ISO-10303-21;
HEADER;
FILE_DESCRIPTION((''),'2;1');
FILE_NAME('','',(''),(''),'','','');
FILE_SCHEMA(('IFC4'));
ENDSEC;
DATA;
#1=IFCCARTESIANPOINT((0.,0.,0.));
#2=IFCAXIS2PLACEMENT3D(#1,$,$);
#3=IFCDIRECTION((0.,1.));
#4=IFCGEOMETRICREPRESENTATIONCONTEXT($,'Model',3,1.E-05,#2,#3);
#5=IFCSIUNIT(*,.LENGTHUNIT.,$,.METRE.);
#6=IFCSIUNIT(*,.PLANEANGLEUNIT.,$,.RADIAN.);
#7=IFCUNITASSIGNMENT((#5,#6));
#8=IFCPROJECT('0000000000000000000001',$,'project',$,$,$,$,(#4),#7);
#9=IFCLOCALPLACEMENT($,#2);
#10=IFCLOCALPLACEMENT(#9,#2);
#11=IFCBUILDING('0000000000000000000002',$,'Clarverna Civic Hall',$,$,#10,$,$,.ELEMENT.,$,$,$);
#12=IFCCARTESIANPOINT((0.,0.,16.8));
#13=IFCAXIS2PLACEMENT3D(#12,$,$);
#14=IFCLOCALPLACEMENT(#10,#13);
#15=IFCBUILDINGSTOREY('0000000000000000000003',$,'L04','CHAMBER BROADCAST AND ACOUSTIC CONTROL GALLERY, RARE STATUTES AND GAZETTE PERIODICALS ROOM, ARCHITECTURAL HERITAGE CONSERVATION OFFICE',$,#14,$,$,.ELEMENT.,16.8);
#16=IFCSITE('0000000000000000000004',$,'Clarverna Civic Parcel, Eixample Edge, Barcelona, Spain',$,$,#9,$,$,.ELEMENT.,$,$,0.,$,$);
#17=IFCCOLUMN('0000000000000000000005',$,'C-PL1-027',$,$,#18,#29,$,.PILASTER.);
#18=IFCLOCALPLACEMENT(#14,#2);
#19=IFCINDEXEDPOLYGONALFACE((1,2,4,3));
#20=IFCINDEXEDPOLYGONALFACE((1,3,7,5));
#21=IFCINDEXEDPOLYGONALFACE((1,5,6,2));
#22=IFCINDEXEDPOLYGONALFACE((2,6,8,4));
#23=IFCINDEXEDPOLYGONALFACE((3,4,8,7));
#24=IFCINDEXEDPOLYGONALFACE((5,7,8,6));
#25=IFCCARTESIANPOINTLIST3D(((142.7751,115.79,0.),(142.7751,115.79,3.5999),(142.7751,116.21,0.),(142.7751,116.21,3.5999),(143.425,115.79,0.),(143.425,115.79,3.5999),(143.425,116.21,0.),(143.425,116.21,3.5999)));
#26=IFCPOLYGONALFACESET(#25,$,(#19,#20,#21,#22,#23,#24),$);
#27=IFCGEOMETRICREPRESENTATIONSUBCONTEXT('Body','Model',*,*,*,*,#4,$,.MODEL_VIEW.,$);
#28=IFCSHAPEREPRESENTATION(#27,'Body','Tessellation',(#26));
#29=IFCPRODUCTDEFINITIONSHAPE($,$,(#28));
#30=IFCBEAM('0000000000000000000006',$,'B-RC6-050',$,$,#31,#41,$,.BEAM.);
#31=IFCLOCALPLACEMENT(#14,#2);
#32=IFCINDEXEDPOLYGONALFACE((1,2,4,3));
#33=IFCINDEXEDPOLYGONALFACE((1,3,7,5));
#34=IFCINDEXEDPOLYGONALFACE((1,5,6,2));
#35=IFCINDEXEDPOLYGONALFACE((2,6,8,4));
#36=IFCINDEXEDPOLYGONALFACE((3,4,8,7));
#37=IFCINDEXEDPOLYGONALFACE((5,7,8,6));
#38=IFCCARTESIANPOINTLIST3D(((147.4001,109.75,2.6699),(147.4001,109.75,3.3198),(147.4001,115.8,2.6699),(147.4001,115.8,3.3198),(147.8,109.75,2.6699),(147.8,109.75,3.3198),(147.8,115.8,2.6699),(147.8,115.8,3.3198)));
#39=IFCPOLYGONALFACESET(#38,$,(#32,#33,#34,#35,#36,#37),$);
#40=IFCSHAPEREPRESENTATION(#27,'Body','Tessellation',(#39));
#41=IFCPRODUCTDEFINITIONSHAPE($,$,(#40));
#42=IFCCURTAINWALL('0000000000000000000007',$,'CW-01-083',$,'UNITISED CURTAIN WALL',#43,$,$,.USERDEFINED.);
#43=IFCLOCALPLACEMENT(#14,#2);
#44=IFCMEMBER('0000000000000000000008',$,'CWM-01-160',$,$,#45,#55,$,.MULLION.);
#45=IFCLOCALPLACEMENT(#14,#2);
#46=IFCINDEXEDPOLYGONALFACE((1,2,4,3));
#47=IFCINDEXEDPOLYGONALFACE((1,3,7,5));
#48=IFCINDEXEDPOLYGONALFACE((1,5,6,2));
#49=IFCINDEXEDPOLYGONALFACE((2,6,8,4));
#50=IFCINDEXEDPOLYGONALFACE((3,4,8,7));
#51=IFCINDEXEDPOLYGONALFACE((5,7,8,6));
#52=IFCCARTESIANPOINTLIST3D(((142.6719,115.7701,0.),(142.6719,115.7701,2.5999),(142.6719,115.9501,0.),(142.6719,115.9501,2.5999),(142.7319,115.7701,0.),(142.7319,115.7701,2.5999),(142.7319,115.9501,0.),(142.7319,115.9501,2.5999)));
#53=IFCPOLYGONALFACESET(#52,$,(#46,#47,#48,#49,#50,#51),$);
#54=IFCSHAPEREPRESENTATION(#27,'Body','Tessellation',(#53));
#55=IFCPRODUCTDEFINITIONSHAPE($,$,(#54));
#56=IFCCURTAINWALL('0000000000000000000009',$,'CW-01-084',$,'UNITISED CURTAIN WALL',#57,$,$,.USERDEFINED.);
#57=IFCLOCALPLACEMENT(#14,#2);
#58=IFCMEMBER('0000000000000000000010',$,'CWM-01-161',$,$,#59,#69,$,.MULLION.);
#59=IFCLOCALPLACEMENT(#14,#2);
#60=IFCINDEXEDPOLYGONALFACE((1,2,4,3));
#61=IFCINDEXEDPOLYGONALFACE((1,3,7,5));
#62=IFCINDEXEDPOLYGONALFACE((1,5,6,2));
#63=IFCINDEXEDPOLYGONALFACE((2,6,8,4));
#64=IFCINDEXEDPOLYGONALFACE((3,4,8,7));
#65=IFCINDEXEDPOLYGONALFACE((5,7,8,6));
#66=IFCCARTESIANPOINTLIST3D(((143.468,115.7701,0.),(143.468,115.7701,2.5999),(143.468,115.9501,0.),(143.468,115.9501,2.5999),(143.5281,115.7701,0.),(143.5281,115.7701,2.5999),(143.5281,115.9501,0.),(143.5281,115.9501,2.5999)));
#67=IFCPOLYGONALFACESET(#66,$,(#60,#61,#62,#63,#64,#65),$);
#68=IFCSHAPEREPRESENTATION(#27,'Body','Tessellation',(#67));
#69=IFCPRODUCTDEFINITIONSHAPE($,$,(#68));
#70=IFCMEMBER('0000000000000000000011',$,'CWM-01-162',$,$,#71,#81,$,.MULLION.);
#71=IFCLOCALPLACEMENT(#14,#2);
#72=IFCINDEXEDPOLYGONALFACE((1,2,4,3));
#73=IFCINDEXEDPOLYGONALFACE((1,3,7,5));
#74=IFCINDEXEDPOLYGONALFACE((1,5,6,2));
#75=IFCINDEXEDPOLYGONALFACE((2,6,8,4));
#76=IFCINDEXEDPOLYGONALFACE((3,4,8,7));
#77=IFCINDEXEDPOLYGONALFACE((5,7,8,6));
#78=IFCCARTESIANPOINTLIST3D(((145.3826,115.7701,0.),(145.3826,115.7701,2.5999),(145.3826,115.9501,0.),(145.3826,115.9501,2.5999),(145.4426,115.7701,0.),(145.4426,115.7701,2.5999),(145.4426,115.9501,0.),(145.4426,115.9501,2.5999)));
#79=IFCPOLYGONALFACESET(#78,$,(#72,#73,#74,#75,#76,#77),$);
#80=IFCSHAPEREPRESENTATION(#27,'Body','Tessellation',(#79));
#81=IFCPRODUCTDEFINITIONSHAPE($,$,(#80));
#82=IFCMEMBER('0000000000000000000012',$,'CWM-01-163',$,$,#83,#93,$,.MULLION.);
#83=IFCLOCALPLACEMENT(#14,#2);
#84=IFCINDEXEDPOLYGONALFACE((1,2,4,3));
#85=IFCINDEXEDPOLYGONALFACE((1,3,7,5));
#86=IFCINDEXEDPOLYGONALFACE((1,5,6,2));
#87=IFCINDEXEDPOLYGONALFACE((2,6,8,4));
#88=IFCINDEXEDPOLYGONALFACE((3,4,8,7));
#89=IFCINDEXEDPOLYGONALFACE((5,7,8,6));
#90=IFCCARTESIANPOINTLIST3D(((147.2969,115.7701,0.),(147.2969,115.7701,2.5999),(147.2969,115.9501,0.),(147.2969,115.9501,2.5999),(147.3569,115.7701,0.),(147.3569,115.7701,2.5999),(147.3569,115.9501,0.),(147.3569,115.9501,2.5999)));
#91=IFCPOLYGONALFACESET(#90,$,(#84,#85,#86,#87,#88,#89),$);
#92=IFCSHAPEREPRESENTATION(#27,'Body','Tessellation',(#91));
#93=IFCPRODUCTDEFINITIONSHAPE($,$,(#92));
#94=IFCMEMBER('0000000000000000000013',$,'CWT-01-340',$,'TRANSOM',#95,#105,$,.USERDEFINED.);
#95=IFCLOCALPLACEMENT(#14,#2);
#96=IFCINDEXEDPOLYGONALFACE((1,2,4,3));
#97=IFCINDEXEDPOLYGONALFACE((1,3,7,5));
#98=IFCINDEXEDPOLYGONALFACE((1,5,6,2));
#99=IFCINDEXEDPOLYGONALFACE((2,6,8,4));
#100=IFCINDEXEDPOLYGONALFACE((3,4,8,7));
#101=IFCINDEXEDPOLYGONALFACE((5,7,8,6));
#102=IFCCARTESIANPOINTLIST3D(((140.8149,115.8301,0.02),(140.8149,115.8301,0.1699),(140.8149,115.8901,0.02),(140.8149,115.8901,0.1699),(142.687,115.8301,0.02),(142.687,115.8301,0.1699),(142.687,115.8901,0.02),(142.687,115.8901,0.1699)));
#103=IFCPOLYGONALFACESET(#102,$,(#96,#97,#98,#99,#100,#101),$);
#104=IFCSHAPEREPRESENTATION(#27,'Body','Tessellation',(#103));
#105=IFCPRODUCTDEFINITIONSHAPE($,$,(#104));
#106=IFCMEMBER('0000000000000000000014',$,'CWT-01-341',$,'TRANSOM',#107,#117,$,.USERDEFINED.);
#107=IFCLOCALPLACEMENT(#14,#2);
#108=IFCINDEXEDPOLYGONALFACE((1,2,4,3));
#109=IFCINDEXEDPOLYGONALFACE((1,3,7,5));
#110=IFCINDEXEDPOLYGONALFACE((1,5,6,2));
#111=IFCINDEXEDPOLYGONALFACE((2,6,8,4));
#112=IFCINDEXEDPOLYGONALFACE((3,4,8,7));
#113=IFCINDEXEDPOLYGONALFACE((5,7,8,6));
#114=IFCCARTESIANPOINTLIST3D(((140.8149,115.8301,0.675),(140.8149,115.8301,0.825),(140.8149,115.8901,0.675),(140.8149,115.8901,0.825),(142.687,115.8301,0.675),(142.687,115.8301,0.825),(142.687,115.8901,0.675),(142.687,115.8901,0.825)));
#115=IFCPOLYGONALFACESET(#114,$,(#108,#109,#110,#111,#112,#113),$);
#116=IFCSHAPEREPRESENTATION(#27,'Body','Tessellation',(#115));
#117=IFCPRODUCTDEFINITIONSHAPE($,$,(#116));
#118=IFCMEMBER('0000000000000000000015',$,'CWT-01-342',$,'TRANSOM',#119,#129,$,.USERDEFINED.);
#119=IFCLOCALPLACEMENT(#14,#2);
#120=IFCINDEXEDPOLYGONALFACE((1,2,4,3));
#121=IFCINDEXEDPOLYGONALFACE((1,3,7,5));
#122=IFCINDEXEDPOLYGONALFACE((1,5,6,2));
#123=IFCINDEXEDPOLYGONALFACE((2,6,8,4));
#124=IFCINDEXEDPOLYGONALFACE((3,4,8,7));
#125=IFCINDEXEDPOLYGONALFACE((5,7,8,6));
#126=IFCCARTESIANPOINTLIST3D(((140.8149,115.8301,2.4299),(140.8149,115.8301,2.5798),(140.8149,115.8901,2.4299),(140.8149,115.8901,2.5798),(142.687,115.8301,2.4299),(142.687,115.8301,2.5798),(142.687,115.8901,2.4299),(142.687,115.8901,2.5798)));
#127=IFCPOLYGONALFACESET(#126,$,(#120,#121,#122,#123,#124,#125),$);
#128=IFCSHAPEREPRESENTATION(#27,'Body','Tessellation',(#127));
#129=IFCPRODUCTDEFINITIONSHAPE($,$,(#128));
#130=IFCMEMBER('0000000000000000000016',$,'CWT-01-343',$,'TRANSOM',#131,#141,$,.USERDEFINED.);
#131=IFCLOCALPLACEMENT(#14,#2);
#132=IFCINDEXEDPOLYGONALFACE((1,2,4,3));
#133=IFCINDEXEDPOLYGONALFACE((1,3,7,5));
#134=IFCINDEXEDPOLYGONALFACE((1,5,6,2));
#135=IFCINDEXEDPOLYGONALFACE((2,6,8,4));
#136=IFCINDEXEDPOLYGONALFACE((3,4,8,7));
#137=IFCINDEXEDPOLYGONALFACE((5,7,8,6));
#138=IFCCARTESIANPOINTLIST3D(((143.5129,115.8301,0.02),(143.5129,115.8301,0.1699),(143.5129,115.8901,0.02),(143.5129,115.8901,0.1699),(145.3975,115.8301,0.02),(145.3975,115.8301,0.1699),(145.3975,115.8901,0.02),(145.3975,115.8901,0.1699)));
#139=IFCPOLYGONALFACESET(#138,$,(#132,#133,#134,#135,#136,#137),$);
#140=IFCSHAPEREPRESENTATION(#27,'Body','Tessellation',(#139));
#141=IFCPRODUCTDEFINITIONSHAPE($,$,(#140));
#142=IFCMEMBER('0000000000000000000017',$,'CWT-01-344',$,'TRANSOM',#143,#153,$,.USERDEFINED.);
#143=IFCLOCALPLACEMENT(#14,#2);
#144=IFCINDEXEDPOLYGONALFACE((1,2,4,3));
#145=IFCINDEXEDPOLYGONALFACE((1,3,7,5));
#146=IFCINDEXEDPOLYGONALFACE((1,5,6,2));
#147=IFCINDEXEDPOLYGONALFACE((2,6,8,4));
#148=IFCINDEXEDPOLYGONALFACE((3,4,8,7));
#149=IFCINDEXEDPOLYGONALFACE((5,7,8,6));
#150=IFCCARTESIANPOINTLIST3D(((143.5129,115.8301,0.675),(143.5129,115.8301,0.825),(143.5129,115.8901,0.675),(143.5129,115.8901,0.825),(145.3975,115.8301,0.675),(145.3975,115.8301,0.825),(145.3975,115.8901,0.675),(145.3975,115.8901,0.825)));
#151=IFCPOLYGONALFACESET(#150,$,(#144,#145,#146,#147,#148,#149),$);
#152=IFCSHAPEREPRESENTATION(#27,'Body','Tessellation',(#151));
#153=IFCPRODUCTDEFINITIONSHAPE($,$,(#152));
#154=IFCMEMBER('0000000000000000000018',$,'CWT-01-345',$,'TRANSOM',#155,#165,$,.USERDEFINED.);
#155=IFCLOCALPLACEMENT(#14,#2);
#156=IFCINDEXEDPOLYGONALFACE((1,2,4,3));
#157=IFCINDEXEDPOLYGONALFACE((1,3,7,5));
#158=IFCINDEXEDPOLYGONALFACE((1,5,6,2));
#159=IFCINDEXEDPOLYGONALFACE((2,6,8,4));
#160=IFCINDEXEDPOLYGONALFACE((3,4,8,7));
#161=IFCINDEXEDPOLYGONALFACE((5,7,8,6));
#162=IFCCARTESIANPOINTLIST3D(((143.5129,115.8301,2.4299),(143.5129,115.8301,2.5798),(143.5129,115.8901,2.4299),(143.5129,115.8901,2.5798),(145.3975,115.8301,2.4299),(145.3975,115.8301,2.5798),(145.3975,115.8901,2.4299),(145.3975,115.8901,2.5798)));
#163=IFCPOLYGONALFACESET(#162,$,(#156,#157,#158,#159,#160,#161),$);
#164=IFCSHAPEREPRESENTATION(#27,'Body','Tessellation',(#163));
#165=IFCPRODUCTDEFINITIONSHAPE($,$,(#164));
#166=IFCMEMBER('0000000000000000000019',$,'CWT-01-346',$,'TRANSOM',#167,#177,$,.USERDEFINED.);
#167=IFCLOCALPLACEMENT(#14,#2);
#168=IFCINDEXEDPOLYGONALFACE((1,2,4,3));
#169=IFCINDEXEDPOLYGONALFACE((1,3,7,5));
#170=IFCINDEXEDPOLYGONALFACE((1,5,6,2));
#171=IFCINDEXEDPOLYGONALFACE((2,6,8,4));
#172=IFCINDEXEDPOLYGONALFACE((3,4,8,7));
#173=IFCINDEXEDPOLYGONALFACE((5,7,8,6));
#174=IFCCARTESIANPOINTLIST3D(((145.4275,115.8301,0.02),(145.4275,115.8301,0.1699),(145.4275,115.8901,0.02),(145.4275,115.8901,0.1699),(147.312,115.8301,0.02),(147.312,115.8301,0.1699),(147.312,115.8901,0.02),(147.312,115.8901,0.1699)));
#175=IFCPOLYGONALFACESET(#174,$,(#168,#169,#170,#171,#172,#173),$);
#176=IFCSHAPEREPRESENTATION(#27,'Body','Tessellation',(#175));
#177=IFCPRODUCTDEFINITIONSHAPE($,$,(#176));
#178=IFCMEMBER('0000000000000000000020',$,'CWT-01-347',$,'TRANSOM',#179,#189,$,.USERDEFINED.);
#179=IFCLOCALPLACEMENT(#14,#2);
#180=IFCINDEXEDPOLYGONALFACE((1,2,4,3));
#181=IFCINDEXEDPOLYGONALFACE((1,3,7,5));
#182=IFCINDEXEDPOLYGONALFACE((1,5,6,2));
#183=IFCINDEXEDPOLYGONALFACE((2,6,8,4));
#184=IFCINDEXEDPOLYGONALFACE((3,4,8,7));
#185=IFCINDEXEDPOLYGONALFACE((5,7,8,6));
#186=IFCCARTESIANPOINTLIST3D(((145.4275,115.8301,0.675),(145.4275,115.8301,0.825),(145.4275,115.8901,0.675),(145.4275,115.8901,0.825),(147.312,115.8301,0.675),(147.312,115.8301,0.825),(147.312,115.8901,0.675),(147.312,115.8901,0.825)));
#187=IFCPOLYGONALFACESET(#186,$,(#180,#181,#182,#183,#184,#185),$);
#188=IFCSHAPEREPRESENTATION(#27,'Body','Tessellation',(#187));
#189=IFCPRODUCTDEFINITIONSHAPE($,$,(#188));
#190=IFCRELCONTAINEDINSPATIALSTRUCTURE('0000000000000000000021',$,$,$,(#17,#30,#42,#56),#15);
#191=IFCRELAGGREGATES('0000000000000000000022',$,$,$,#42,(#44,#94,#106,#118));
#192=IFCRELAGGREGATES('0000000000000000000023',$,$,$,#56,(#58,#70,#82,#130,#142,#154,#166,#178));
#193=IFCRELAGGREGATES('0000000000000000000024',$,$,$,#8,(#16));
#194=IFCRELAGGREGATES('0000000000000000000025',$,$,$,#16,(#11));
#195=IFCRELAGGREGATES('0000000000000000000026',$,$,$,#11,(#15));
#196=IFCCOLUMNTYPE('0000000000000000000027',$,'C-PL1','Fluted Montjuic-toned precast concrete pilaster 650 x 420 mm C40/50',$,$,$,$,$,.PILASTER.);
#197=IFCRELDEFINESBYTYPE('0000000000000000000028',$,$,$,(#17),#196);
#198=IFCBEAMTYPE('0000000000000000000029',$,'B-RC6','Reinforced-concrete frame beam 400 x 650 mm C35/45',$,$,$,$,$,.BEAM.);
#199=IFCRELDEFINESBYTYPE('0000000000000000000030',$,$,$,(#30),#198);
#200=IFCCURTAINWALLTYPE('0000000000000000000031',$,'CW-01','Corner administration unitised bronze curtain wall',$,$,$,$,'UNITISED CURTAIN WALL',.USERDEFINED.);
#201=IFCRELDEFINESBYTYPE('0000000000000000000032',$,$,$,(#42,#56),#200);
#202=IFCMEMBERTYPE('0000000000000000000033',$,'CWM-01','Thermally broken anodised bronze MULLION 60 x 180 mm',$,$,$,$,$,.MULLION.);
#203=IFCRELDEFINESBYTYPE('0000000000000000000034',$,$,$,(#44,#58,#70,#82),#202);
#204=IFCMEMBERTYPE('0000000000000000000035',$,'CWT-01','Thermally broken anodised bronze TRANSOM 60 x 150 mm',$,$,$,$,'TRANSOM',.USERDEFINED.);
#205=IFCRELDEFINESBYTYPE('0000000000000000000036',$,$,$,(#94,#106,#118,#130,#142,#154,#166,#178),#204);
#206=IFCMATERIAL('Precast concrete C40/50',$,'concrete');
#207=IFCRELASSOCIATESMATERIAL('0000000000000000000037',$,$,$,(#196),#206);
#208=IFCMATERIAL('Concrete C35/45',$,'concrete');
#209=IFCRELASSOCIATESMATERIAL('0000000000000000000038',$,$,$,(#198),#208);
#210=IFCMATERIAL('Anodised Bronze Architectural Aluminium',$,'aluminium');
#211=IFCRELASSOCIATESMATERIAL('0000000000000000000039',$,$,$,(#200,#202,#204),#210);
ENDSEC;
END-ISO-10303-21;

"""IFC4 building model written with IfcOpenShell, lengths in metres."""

from ifc_helpers import new_model, si_unit, direction, frame, origin, origin_2d, place, context, subcontext, project, spatial, rectangle, extrude, material, material_profile, profile_set, type_object, element, aggregate, save


model = new_model("IFC4")

# Units and contexts
model_context = context("Model", 3, precision=1e-05, world=origin(), true_north=direction((0.0, 1.0)))
body_context = subcontext(model_context, "Body", "Model", "MODEL_VIEW")
ifc_project = project(units=[si_unit("LENGTHUNIT", "METRE"), si_unit("PLANEANGLEUNIT", "RADIAN")], contexts=[model_context])

# Site, building, storey
site_placement = place(None, origin())
site = spatial("IfcSite", under=ifc_project, at=site_placement, Name="Clarverna Civic Parcel, Eixample Edge, Barcelona, Spain", CompositionType="ELEMENT", RefElevation=0.0)
building_placement = place(site_placement, origin())
building = spatial("IfcBuilding", under=site, at=building_placement, Name="Clarverna Civic Hall", CompositionType="ELEMENT")
storey_placement = place(building_placement, frame((0.0, 0.0, 16.8)))
storey = spatial("IfcBuildingStorey", under=building, at=storey_placement, Name="L04", Description="CHAMBER BROADCAST AND ACOUSTIC CONTROL GALLERY, RARE STATUTES AND GAZETTE PERIODICALS ROOM, ARCHITECTURAL HERITAGE CONSERVATION OFFICE", CompositionType="ELEMENT", Elevation=16.8)

# Column
ifc_material_1 = material(Name="Precast concrete C40/50", Category="concrete")
ifc_material_profile_1 = material_profile(ifc_material_1, rectangle(XDim=0.6499, YDim=0.4199, at=origin_2d()), Name="PILASTER 650x420")
ifc_profile_set_1 = profile_set([ifc_material_profile_1], Name="Precast concrete C40/50")
column_type = type_object("IfcColumnType", Name="C-PL1", Description="Fluted Montjuic-toned precast concrete pilaster 650 x 420 mm C40/50", PredefinedType="PILASTER", material=ifc_profile_set_1)
column_placement = place(storey_placement, frame((143.1001, 116.0, 0.0), z_axis=(0.0, 0.0, 1.0), x_axis=(1.0, 0.0, 0.0)))
element("IfcColumn", 1, at=column_placement, inside=storey, type_object=column_type, Name="C-PL1-027", PredefinedType="PILASTER", context=body_context, shape_type="SweptSolid", body=[
    extrude(rectangle(XDim=0.6499, YDim=0.4199, at=origin_2d()), origin(), (0.0, 0.0, 1.0), 3.5999),
])

# Beam
ifc_material_2 = material(Name="Concrete C35/45", Category="concrete")
ifc_material_profile_2 = material_profile(ifc_material_2, rectangle(XDim=0.3999, YDim=0.6499, at=origin_2d()), Name="RC 400x650")
ifc_profile_set_2 = profile_set([ifc_material_profile_2], Name="Concrete C35/45")
beam_type = type_object("IfcBeamType", Name="B-RC6", Description="Reinforced-concrete frame beam 400 x 650 mm C35/45", PredefinedType="BEAM", material=ifc_profile_set_2)
beam_placement = place(storey_placement, frame((147.6001, 109.75, 2.9949), z_axis=(0.0, 1.0, 0.0), x_axis=(-1.0, 0.0, 0.0)))
element("IfcBeam", 2, at=beam_placement, inside=storey, type_object=beam_type, Name="B-RC6-050", PredefinedType="BEAM", context=body_context, shape_type="SweptSolid", body=[
    extrude(rectangle(XDim=0.3999, YDim=0.6499, at=origin_2d()), origin(), (0.0, 0.0, 1.0), 6.05),
])

# Curtain wall, member
ifc_material_3 = material(Name="Anodised Bronze Architectural Aluminium", Category="aluminium")
curtain_wall_type = type_object("IfcCurtainWallType", Name="CW-01", Description="Corner administration unitised bronze curtain wall", ElementType="UNITISED CURTAIN WALL", PredefinedType="USERDEFINED", material=ifc_material_3)
curtain_wall_1_placement = place(storey_placement, origin())
curtain_wall_1 = element("IfcCurtainWall", 3, at=curtain_wall_1_placement, inside=storey, type_object=curtain_wall_type, Name="CW-01-083", ObjectType="UNITISED CURTAIN WALL", PredefinedType="USERDEFINED")
ifc_material_profile_3 = material_profile(ifc_material_3, rectangle(XDim=0.0601, YDim=0.1799, at=origin_2d()), Name="BRONZE 60x180")
ifc_profile_set_3 = profile_set([ifc_material_profile_3], Name="Anodised Bronze Architectural Aluminium")
member_type_1 = type_object("IfcMemberType", Name="CWM-01", Description="Thermally broken anodised bronze MULLION 60 x 180 mm", PredefinedType="MULLION", material=ifc_profile_set_3)
member_1_placement = place(storey_placement, frame((142.7019, 115.8601, 0.0), z_axis=(0.0, 0.0, 1.0), x_axis=(1.0, 0.0, 0.0)))
member_1 = element("IfcMember", 4, at=member_1_placement, type_object=member_type_1, Name="CWM-01-160", PredefinedType="MULLION", context=body_context, shape_type="SweptSolid", body=[
    extrude(rectangle(XDim=0.0601, YDim=0.1799, at=origin_2d()), origin(), (0.0, 0.0, 1.0), 2.5999),
])

# Curtain wall, members
curtain_wall_2_placement = place(storey_placement, origin())
curtain_wall_2 = element("IfcCurtainWall", 5, at=curtain_wall_2_placement, inside=storey, type_object=curtain_wall_type, Name="CW-01-084", ObjectType="UNITISED CURTAIN WALL", PredefinedType="USERDEFINED")
member_2_placement = place(storey_placement, frame((143.498, 115.8601, 0.0), z_axis=(0.0, 0.0, 1.0), x_axis=(1.0, 0.0, 0.0)))
member_2 = element("IfcMember", 6, at=member_2_placement, type_object=member_type_1, Name="CWM-01-161", PredefinedType="MULLION", context=body_context, shape_type="SweptSolid", body=[
    extrude(rectangle(XDim=0.0601, YDim=0.1799, at=origin_2d()), origin(), (0.0, 0.0, 1.0), 2.5999),
])
member_3_placement = place(storey_placement, frame((145.4126, 115.8601, 0.0), z_axis=(0.0, 0.0, 1.0), x_axis=(1.0, 0.0, 0.0)))
member_3 = element("IfcMember", 7, at=member_3_placement, type_object=member_type_1, Name="CWM-01-162", PredefinedType="MULLION", context=body_context, shape_type="SweptSolid", body=[
    extrude(rectangle(XDim=0.0601, YDim=0.1799, at=origin_2d()), origin(), (0.0, 0.0, 1.0), 2.5999),
])
member_4_placement = place(storey_placement, frame((147.3269, 115.8601, 0.0), z_axis=(0.0, 0.0, 1.0), x_axis=(1.0, 0.0, 0.0)))
member_4 = element("IfcMember", 8, at=member_4_placement, type_object=member_type_1, Name="CWM-01-163", PredefinedType="MULLION", context=body_context, shape_type="SweptSolid", body=[
    extrude(rectangle(XDim=0.0601, YDim=0.1799, at=origin_2d()), origin(), (0.0, 0.0, 1.0), 2.5999),
])

# Members
ifc_material_profile_4 = material_profile(ifc_material_3, rectangle(XDim=0.0601, YDim=0.1499, at=origin_2d()), Name="BRONZE 60x150")
ifc_profile_set_4 = profile_set([ifc_material_profile_4], Name="Anodised Bronze Architectural Aluminium")
member_type_2 = type_object("IfcMemberType", Name="CWT-01", Description="Thermally broken anodised bronze TRANSOM 60 x 150 mm", ElementType="TRANSOM", PredefinedType="USERDEFINED", material=ifc_profile_set_4)
member_5_placement = place(storey_placement, frame((140.8149, 115.8601, 0.095), z_axis=(1.0, 0.0, 0.0), x_axis=(0.0, 1.0, 0.0)))
member_5 = element("IfcMember", 9, at=member_5_placement, type_object=member_type_2, Name="CWT-01-340", ObjectType="TRANSOM", PredefinedType="USERDEFINED", context=body_context, shape_type="SweptSolid", body=[
    extrude(rectangle(XDim=0.0601, YDim=0.1499, at=origin_2d()), origin(), (0.0, 0.0, 1.0), 1.8721),
])
member_6_placement = place(storey_placement, frame((140.8149, 115.8601, 0.75), z_axis=(1.0, 0.0, 0.0), x_axis=(0.0, 1.0, 0.0)))
member_6 = element("IfcMember", 10, at=member_6_placement, type_object=member_type_2, Name="CWT-01-341", ObjectType="TRANSOM", PredefinedType="USERDEFINED", context=body_context, shape_type="SweptSolid", body=[
    extrude(rectangle(XDim=0.0601, YDim=0.1499, at=origin_2d()), origin(), (0.0, 0.0, 1.0), 1.8721),
])
member_7_placement = place(storey_placement, frame((140.8149, 115.8601, 2.5049), z_axis=(1.0, 0.0, 0.0), x_axis=(0.0, 1.0, 0.0)))
member_7 = element("IfcMember", 11, at=member_7_placement, type_object=member_type_2, Name="CWT-01-342", ObjectType="TRANSOM", PredefinedType="USERDEFINED", context=body_context, shape_type="SweptSolid", body=[
    extrude(rectangle(XDim=0.0601, YDim=0.1499, at=origin_2d()), origin(), (0.0, 0.0, 1.0), 1.8721),
])
member_8_placement = place(storey_placement, frame((143.5129, 115.8601, 0.095), z_axis=(1.0, 0.0, 0.0), x_axis=(0.0, 1.0, 0.0)))
member_8 = element("IfcMember", 12, at=member_8_placement, type_object=member_type_2, Name="CWT-01-343", ObjectType="TRANSOM", PredefinedType="USERDEFINED", context=body_context, shape_type="SweptSolid", body=[
    extrude(rectangle(XDim=0.0601, YDim=0.1499, at=origin_2d()), origin(), (0.0, 0.0, 1.0), 1.8845),
])
member_9_placement = place(storey_placement, frame((143.5129, 115.8601, 0.75), z_axis=(1.0, 0.0, 0.0), x_axis=(0.0, 1.0, 0.0)))
member_9 = element("IfcMember", 13, at=member_9_placement, type_object=member_type_2, Name="CWT-01-344", ObjectType="TRANSOM", PredefinedType="USERDEFINED", context=body_context, shape_type="SweptSolid", body=[
    extrude(rectangle(XDim=0.0601, YDim=0.1499, at=origin_2d()), origin(), (0.0, 0.0, 1.0), 1.8845),
])
member_10_placement = place(storey_placement, frame((143.5129, 115.8601, 2.5049), z_axis=(1.0, 0.0, 0.0), x_axis=(0.0, 1.0, 0.0)))
member_10 = element("IfcMember", 14, at=member_10_placement, type_object=member_type_2, Name="CWT-01-345", ObjectType="TRANSOM", PredefinedType="USERDEFINED", context=body_context, shape_type="SweptSolid", body=[
    extrude(rectangle(XDim=0.0601, YDim=0.1499, at=origin_2d()), origin(), (0.0, 0.0, 1.0), 1.8845),
])
member_11_placement = place(storey_placement, frame((145.4275, 115.8601, 0.095), z_axis=(1.0, 0.0, 0.0), x_axis=(0.0, 1.0, 0.0)))
member_11 = element("IfcMember", 15, at=member_11_placement, type_object=member_type_2, Name="CWT-01-346", ObjectType="TRANSOM", PredefinedType="USERDEFINED", context=body_context, shape_type="SweptSolid", body=[
    extrude(rectangle(XDim=0.0601, YDim=0.1499, at=origin_2d()), origin(), (0.0, 0.0, 1.0), 1.8845),
])
member_12_placement = place(storey_placement, frame((145.4275, 115.8601, 0.75), z_axis=(1.0, 0.0, 0.0), x_axis=(0.0, 1.0, 0.0)))
member_12 = element("IfcMember", 16, at=member_12_placement, type_object=member_type_2, Name="CWT-01-347", ObjectType="TRANSOM", PredefinedType="USERDEFINED", context=body_context, shape_type="SweptSolid", body=[
    extrude(rectangle(XDim=0.0601, YDim=0.1499, at=origin_2d()), origin(), (0.0, 0.0, 1.0), 1.8845),
])

aggregate(curtain_wall_1, [member_1, member_5, member_6, member_7])
aggregate(curtain_wall_2, [member_2, member_3, member_4, member_8, member_9, member_10, member_11, member_12])

save(model, "model.ifc")
